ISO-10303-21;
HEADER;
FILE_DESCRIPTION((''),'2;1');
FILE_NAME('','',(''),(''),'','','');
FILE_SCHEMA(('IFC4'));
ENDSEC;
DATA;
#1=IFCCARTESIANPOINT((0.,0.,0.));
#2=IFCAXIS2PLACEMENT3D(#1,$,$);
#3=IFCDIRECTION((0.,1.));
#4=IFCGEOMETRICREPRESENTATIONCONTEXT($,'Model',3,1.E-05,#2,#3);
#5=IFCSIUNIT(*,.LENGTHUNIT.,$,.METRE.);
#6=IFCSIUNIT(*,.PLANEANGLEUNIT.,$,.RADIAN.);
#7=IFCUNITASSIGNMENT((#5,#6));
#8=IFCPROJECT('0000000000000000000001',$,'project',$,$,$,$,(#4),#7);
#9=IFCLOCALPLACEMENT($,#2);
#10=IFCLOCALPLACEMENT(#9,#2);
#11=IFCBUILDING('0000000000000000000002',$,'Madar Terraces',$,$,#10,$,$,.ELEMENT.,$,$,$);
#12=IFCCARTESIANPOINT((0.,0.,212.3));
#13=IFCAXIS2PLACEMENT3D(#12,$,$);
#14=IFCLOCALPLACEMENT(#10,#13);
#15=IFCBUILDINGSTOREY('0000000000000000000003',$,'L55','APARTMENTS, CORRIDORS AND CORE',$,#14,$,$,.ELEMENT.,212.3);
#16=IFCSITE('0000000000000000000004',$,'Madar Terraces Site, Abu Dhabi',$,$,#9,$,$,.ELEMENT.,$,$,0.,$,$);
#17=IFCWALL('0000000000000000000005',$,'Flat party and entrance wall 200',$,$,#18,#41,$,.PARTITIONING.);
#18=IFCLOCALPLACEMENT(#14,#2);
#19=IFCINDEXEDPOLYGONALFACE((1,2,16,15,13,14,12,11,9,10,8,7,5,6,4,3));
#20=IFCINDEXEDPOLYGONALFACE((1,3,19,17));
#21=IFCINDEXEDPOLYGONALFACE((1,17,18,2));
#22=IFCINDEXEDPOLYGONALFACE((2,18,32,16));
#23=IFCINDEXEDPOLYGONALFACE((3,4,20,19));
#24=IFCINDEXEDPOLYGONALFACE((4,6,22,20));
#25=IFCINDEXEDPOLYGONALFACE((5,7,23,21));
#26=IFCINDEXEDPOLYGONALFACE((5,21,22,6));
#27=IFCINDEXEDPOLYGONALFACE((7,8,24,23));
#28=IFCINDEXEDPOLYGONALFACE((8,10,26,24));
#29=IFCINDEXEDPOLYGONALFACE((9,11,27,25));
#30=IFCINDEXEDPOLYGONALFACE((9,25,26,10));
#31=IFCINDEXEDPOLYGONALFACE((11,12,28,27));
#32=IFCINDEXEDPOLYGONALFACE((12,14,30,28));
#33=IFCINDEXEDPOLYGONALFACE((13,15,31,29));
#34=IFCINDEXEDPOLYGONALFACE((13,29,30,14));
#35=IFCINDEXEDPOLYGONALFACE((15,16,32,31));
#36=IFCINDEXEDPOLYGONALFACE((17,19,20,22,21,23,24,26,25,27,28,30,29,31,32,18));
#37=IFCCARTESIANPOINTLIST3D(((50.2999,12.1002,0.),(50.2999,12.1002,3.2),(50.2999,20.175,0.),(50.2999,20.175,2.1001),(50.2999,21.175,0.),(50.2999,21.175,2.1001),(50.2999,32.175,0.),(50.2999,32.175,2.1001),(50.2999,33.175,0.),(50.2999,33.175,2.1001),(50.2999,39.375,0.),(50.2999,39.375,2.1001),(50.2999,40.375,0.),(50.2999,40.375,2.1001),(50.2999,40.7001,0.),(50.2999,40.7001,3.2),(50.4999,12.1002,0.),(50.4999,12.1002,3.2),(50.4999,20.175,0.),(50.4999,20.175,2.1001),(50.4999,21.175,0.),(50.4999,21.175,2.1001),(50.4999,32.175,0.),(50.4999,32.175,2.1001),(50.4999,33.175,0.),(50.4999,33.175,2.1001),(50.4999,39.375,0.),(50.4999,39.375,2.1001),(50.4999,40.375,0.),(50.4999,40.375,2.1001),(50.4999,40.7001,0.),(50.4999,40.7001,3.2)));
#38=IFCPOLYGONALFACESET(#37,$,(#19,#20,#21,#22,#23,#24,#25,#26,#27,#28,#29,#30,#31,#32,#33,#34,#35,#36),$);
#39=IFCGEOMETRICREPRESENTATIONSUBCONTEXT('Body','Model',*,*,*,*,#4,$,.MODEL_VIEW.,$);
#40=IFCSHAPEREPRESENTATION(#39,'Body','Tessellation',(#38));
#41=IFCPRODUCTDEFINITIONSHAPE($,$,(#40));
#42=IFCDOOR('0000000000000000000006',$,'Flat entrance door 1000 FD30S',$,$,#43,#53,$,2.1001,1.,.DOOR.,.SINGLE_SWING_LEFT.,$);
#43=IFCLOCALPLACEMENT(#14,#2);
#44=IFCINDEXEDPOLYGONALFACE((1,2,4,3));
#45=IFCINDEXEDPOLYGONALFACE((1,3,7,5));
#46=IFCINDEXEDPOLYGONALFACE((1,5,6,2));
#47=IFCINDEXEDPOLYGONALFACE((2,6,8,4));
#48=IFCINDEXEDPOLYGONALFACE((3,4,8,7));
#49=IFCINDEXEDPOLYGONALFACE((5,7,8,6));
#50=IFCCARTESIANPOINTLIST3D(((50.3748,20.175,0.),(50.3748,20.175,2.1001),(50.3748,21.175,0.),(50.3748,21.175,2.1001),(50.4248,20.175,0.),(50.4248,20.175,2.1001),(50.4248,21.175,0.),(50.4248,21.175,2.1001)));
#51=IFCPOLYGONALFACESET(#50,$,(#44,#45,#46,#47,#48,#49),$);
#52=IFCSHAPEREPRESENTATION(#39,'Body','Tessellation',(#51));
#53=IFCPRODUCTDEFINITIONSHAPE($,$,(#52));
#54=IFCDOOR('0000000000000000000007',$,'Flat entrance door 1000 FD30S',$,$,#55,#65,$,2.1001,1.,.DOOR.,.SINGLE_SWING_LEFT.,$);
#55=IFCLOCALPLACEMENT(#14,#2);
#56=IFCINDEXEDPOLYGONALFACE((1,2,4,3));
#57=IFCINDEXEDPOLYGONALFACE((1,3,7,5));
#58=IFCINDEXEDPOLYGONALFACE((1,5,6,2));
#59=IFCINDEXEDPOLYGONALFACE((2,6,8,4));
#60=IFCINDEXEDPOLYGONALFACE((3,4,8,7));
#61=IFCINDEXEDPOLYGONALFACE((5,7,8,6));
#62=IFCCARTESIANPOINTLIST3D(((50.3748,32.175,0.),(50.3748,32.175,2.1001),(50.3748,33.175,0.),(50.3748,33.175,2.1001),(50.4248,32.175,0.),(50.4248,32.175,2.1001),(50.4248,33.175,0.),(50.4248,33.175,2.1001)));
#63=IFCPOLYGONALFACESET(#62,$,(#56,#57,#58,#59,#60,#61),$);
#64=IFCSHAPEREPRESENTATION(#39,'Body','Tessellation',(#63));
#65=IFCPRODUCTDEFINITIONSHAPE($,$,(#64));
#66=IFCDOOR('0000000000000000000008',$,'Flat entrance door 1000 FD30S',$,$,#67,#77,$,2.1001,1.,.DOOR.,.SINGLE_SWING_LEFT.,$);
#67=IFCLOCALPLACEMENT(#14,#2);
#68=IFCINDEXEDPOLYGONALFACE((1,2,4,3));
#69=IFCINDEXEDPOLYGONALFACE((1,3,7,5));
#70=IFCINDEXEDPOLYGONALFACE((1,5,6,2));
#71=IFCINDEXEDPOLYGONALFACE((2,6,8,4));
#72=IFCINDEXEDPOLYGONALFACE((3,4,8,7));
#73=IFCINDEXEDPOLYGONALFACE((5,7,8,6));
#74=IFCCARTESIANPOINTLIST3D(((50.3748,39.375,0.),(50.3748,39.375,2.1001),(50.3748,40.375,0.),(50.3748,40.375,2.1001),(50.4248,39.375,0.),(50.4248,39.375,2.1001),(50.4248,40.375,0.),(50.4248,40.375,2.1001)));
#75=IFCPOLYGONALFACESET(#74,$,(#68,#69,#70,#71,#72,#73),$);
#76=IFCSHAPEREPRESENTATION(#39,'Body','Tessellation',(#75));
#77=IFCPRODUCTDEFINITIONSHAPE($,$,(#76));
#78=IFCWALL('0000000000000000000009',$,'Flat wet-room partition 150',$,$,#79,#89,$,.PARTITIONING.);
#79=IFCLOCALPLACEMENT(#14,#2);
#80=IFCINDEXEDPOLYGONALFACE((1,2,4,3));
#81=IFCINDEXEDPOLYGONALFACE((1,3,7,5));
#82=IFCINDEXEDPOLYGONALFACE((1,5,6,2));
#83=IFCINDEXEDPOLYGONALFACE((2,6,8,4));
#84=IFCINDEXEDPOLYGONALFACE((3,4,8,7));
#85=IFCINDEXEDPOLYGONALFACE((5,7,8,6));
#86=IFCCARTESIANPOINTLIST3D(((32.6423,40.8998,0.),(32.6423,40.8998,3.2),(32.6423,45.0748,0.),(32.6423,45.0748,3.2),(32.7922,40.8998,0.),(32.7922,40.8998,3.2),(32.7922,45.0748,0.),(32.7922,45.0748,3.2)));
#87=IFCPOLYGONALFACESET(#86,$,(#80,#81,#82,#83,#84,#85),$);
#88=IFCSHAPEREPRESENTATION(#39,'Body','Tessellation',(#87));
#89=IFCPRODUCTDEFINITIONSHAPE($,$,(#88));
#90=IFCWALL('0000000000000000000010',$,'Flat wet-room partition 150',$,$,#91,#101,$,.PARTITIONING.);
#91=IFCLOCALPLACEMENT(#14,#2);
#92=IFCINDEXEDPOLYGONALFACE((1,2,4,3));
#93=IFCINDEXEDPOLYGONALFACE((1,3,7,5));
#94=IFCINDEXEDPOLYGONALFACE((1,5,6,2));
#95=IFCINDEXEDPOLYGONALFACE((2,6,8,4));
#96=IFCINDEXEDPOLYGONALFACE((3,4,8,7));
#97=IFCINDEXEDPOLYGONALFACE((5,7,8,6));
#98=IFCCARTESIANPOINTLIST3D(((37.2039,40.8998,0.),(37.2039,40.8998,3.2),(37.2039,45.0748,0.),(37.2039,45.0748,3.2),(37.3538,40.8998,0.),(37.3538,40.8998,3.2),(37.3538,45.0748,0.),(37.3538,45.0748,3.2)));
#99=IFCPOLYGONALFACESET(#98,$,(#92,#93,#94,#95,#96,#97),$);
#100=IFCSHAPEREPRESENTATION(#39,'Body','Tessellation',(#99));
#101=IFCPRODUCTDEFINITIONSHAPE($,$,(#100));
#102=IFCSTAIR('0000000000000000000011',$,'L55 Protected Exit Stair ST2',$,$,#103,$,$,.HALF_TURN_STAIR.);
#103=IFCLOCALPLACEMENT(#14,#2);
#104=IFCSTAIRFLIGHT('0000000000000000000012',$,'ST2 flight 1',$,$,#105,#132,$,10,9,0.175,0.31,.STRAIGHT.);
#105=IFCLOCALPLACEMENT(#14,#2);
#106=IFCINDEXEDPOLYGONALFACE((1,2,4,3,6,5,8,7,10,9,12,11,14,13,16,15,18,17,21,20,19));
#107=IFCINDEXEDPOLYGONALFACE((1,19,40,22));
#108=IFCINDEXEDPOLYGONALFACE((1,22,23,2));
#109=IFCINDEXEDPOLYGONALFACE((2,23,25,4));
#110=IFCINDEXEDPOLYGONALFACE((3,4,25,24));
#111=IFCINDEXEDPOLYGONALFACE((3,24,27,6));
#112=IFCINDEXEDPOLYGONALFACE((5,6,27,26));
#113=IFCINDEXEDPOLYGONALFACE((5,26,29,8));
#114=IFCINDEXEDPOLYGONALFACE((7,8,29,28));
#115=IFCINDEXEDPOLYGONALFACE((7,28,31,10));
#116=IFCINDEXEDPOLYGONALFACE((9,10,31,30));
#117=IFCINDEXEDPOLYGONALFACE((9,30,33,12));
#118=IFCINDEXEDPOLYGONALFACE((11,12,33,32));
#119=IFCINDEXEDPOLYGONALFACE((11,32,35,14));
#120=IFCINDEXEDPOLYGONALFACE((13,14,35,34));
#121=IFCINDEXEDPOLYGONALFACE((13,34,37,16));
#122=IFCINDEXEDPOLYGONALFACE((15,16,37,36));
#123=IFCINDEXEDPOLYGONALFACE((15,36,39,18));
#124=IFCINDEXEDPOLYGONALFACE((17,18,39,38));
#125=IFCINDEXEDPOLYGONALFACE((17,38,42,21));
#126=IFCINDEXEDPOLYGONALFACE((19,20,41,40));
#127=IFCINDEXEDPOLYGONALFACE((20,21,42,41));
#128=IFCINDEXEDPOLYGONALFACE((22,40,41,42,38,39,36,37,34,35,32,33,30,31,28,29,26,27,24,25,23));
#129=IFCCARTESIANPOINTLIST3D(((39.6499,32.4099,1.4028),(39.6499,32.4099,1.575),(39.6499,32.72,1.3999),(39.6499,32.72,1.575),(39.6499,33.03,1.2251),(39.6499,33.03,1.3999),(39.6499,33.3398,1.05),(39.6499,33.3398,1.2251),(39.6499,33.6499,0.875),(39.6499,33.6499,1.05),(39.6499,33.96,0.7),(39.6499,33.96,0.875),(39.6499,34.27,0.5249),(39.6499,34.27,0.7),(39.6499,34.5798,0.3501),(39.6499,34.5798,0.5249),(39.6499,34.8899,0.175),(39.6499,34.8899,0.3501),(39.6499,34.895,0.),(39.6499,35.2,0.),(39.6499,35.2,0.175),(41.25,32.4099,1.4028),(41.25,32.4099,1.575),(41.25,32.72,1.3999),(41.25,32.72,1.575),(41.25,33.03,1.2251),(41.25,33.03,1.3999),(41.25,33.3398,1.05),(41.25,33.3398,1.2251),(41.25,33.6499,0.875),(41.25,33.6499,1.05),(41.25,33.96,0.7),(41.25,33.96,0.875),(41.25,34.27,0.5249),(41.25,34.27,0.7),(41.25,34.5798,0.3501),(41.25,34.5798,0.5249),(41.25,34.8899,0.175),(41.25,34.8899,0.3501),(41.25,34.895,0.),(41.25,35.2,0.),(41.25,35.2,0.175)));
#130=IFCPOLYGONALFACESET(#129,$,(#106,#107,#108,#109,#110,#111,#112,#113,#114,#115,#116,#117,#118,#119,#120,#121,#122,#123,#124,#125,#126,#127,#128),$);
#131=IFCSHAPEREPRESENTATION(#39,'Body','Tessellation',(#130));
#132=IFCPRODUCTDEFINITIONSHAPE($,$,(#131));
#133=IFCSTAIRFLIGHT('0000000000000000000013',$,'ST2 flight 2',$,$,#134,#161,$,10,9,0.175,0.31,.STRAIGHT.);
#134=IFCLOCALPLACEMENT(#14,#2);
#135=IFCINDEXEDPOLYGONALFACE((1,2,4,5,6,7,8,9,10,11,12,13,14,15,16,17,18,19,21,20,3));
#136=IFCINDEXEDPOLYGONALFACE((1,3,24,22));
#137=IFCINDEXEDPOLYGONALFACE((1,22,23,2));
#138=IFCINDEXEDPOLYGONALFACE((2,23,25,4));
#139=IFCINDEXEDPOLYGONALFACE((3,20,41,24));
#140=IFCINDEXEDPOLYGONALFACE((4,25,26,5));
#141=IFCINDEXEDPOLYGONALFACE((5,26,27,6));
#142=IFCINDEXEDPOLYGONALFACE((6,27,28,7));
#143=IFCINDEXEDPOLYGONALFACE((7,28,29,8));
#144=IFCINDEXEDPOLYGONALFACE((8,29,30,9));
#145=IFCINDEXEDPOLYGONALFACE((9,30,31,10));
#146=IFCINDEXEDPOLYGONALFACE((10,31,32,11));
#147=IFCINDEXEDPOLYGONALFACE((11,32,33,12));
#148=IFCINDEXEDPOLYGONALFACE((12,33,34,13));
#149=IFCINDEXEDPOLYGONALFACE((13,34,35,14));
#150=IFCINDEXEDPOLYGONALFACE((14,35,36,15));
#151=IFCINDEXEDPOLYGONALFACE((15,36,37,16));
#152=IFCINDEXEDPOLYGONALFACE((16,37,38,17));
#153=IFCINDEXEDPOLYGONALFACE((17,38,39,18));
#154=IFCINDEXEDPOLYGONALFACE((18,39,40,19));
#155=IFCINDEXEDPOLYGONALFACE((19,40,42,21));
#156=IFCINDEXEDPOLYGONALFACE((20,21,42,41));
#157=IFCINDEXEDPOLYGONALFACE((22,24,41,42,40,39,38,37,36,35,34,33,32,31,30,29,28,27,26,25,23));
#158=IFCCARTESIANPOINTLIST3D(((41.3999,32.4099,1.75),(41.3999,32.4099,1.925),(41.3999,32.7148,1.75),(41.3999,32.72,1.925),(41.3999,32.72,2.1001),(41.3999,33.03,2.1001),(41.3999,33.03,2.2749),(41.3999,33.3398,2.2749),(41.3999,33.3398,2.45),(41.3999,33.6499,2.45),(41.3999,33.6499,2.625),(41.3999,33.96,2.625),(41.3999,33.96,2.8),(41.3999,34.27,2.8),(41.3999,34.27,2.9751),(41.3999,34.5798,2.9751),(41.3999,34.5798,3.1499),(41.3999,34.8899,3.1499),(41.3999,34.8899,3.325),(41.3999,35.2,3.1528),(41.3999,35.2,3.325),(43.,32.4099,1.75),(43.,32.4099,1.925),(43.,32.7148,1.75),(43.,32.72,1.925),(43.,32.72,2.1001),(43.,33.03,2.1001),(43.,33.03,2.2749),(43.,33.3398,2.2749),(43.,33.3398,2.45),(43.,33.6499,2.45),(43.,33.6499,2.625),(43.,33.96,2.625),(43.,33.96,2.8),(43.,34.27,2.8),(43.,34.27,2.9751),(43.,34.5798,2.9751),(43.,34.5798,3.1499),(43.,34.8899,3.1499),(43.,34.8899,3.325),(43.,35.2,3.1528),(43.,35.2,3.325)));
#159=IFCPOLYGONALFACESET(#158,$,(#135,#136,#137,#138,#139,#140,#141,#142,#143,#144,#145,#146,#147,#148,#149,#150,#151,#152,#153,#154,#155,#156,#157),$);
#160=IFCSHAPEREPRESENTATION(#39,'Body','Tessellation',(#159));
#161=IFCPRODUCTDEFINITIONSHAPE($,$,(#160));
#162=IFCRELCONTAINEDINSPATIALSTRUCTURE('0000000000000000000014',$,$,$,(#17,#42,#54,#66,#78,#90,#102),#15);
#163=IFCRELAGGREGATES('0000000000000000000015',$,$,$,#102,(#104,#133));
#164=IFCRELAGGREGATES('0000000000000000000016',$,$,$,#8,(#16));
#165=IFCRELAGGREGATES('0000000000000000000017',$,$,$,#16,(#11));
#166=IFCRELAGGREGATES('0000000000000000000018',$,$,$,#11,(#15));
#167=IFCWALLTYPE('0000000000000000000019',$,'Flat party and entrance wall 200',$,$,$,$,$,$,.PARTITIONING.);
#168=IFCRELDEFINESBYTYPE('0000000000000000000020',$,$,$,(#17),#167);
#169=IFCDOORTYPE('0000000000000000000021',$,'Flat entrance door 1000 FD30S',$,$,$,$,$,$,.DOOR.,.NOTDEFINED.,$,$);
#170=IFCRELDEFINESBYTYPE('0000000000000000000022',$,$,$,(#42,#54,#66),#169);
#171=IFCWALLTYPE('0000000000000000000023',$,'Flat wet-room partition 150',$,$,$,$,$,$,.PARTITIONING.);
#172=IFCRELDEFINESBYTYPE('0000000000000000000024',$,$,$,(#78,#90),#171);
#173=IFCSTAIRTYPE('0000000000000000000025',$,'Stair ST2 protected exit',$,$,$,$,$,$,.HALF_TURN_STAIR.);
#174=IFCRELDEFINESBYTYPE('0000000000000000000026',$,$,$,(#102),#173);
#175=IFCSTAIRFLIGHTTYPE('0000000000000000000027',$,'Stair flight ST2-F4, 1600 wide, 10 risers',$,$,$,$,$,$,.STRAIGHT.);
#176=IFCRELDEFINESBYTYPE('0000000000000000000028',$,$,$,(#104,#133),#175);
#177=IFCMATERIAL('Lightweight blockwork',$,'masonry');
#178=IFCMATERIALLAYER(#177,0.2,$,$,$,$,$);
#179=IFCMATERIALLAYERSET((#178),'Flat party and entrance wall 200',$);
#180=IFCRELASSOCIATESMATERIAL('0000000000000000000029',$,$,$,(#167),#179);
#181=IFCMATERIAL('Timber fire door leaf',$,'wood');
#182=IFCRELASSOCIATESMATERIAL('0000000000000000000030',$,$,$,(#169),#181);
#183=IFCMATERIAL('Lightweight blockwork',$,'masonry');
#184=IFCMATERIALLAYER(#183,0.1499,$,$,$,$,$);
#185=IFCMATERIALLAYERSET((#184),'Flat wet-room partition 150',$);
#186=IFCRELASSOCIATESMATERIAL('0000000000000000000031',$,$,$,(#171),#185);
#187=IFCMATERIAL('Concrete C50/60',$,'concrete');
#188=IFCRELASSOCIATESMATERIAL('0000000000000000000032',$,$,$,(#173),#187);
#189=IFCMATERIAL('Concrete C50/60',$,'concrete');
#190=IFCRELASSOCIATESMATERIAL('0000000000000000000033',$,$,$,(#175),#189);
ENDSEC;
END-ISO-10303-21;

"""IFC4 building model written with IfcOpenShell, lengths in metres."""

from ifc_helpers import new_model, si_unit, direction, frame, frame_2d, origin, place, context, subcontext, project, spatial, polyline, rectangle, outline, extrude, material, layer, layer_set, type_object, element, fill, aggregate, save


model = new_model("IFC4")

# Units and contexts
model_context = context("Model", 3, precision=1e-05, world=origin(), true_north=direction((0.0, 1.0)))
body_context = subcontext(model_context, "Body", "Model", "MODEL_VIEW")
ifc_project = project(units=[si_unit("LENGTHUNIT", "METRE"), si_unit("PLANEANGLEUNIT", "RADIAN")], contexts=[model_context])

# Site, building, storey
site_placement = place(None, origin())
site = spatial("IfcSite", under=ifc_project, at=site_placement, Name="Madar Terraces Site, Abu Dhabi", CompositionType="ELEMENT", RefElevation=0.0)
building_placement = place(site_placement, origin())
building = spatial("IfcBuilding", under=site, at=building_placement, Name="Madar Terraces", CompositionType="ELEMENT")
storey_placement = place(building_placement, frame((0.0, 0.0, 212.3)))
storey = spatial("IfcBuildingStorey", under=building, at=storey_placement, Name="L55", Description="APARTMENTS, CORRIDORS AND CORE", CompositionType="ELEMENT", Elevation=212.3)

# Wall, openings, doors
ifc_material_1 = material(Name="Lightweight blockwork", Category="masonry")
ifc_layer_1 = layer(ifc_material_1, 0.2)
ifc_layer_set_1 = layer_set([ifc_layer_1], Name="Flat party and entrance wall 200")
wall_type_1 = type_object("IfcWallType", Name="Flat party and entrance wall 200", PredefinedType="PARTITIONING", material=ifc_layer_set_1)
wall_1_placement = place(storey_placement, frame((50.3999, 40.7, 0.0), z_axis=(0.0, 0.0, 1.0), x_axis=(0.0, -1.0, 0.0)))
wall_1 = element("IfcWall", 1, at=wall_1_placement, inside=storey, type_object=wall_type_1, Name="Flat party and entrance wall 200", PredefinedType="PARTITIONING", context=body_context, shape_type="SweptSolid", body=[
    extrude(rectangle(XDim=28.5999, YDim=0.2, at=frame_2d((14.2998, 0.0))), origin(), (0.0, 0.0, 1.0), 3.2),
])
opening_1_placement = place(wall_1_placement, frame((19.5249, 0.0, 0.0)))
opening_1 = element("IfcOpeningElement", 2, at=opening_1_placement, cuts=wall_1, PredefinedType="OPENING", context=body_context, shape_type="SweptSolid", body=[
    extrude(rectangle(XDim=1.0, YDim=2.1001, at=frame_2d((0.5, 1.05))), frame((0.0, 0.1099, 0.0), z_axis=(0.0, -1.0, 0.0), x_axis=(1.0, 0.0, 0.0)), (0.0, 0.0, 1.0), 0.22),
])
opening_2_placement = place(wall_1_placement, frame((7.5249, 0.0, 0.0)))
opening_2 = element("IfcOpeningElement", 3, at=opening_2_placement, cuts=wall_1, PredefinedType="OPENING", context=body_context, shape_type="SweptSolid", body=[
    extrude(rectangle(XDim=1.0, YDim=2.1001, at=frame_2d((0.5, 1.05))), frame((0.0, 0.1099, 0.0), z_axis=(0.0, -1.0, 0.0), x_axis=(1.0, 0.0, 0.0)), (0.0, 0.0, 1.0), 0.22),
])
opening_3_placement = place(wall_1_placement, frame((0.325, 0.0, 0.0)))
opening_3 = element("IfcOpeningElement", 4, at=opening_3_placement, cuts=wall_1, PredefinedType="OPENING", context=body_context, shape_type="SweptSolid", body=[
    extrude(rectangle(XDim=1.0, YDim=2.1001, at=frame_2d((0.5, 1.05))), frame((0.0, 0.1099, 0.0), z_axis=(0.0, -1.0, 0.0), x_axis=(1.0, 0.0, 0.0)), (0.0, 0.0, 1.0), 0.22),
])
ifc_material_2 = material(Name="Timber fire door leaf", Category="wood")
door_type_1 = type_object("IfcDoorType", Name="Flat entrance door 1000 FD30S", OperationType="NOTDEFINED", PredefinedType="DOOR", material=ifc_material_2)
door_1_placement = place(opening_1_placement, origin())
door_1 = element("IfcDoor", 5, at=door_1_placement, inside=storey, type_object=door_type_1, Name="Flat entrance door 1000 FD30S", OperationType="SINGLE_SWING_LEFT", OverallHeight=2.1001, OverallWidth=1.0, PredefinedType="DOOR", context=body_context, shape_type="SweptSolid", body=[
    extrude(rectangle(XDim=1.0, YDim=2.1001, at=frame_2d((0.5, 1.05))), frame((0.0, 0.0249, 0.0), z_axis=(0.0, -1.0, 0.0), x_axis=(1.0, 0.0, 0.0)), (0.0, 0.0, 1.0), 0.05),
])
fill(opening_1, door_1)
door_2_placement = place(opening_2_placement, origin())
door_2 = element("IfcDoor", 6, at=door_2_placement, inside=storey, type_object=door_type_1, Name="Flat entrance door 1000 FD30S", OperationType="SINGLE_SWING_LEFT", OverallHeight=2.1001, OverallWidth=1.0, PredefinedType="DOOR", context=body_context, shape_type="SweptSolid", body=[
    extrude(rectangle(XDim=1.0, YDim=2.1001, at=frame_2d((0.5, 1.05))), frame((0.0, 0.0249, 0.0), z_axis=(0.0, -1.0, 0.0), x_axis=(1.0, 0.0, 0.0)), (0.0, 0.0, 1.0), 0.05),
])
fill(opening_2, door_2)
door_3_placement = place(opening_3_placement, origin())
door_3 = element("IfcDoor", 7, at=door_3_placement, inside=storey, type_object=door_type_1, Name="Flat entrance door 1000 FD30S", OperationType="SINGLE_SWING_LEFT", OverallHeight=2.1001, OverallWidth=1.0, PredefinedType="DOOR", context=body_context, shape_type="SweptSolid", body=[
    extrude(rectangle(XDim=1.0, YDim=2.1001, at=frame_2d((0.5, 1.05))), frame((0.0, 0.0249, 0.0), z_axis=(0.0, -1.0, 0.0), x_axis=(1.0, 0.0, 0.0)), (0.0, 0.0, 1.0), 0.05),
])
fill(opening_3, door_3)

# Walls
ifc_material_3 = material(Name="Lightweight blockwork", Category="masonry")
ifc_layer_2 = layer(ifc_material_3, 0.1499)
ifc_layer_set_2 = layer_set([ifc_layer_2], Name="Flat wet-room partition 150")
wall_type_2 = type_object("IfcWallType", Name="Flat wet-room partition 150", PredefinedType="PARTITIONING", material=ifc_layer_set_2)
for number, where, z_axis, x_axis, name in (
    (8, (32.7173, 40.8999, 0.0), (0.0, 0.0, 1.0), (0.0, 1.0, 0.0), "Flat wet-room partition 150"),
    (9, (37.2788, 40.8999, 0.0), (0.0, 0.0, 1.0), (0.0, 1.0, 0.0), "Flat wet-room partition 150"),
):
    element("IfcWall", number, at=place(storey_placement, frame(where, z_axis=z_axis, x_axis=x_axis)), inside=storey, type_object=wall_type_2, Name=name, PredefinedType="PARTITIONING", context=body_context, shape_type="SweptSolid", body=[
        extrude(rectangle(XDim=4.175, YDim=0.1499, at=frame_2d((2.0874, 0.0))), origin(), (0.0, 0.0, 1.0), 3.2),
    ])

# Stair, stair flights
ifc_material_4 = material(Name="Concrete C50/60", Category="concrete")
stair_type = type_object("IfcStairType", Name="Stair ST2 protected exit", PredefinedType="HALF_TURN_STAIR", material=ifc_material_4)
stair_placement = place(storey_placement, origin())
stair = element("IfcStair", 10, at=stair_placement, inside=storey, type_object=stair_type, Name="L55 Protected Exit Stair ST2", PredefinedType="HALF_TURN_STAIR")
ifc_material_5 = material(Name="Concrete C50/60", Category="concrete")
stair_flight_type = type_object("IfcStairFlightType", Name="Stair flight ST2-F4, 1600 wide, 10 risers", PredefinedType="STRAIGHT", material=ifc_material_5)
stair_flight_1_placement = place(storey_placement, frame((40.45, 35.2, 0.0), z_axis=(0.0, 0.0, 1.0), x_axis=(0.0, -1.0, 0.0)))
stair_flight_1 = element("IfcStairFlight", 11, at=stair_flight_1_placement, type_object=stair_flight_type, Name="ST2 flight 1", NumberOfRisers=10, NumberOfTreads=9, PredefinedType="STRAIGHT", RiserHeight=0.175, TreadLength=0.31, context=body_context, shape_type="SweptSolid", body=[
    extrude(outline(polyline([(0.0, 0.0), (0.0, 0.175), (0.3101, 0.175), (0.3101, 0.3501), (0.6201, 0.3501), (0.6201, 0.5249), (0.9299, 0.5249), (0.9299, 0.7), (1.24, 0.7), (1.24, 0.875), (1.55, 0.875), (1.55, 1.05), (1.8601, 1.05), (1.8601, 1.2251), (2.1699, 1.2251), (2.1699, 1.3999), (2.48, 1.3999), (2.48, 1.575), (2.79, 1.575), (2.79, 1.75), (2.79, 1.4028), (0.3049, 0.0), (0.0, 0.0)])), frame((0.0, 0.8, 0.0), z_axis=(0.0, -1.0, 0.0), x_axis=(1.0, 0.0, 0.0)), (0.0, 0.0, 1.0), 1.6001),
])
stair_flight_2_placement = place(storey_placement, frame((42.2, 32.4099, 1.75), z_axis=(0.0, 0.0, 1.0), x_axis=(0.0, 1.0, 0.0)))
stair_flight_2 = element("IfcStairFlight", 12, at=stair_flight_2_placement, type_object=stair_flight_type, Name="ST2 flight 2", NumberOfRisers=10, NumberOfTreads=9, PredefinedType="STRAIGHT", RiserHeight=0.175, TreadLength=0.31, context=body_context, shape_type="SweptSolid", body=[
    extrude(outline(polyline([(0.0, 0.0), (0.0, 0.175), (0.3101, 0.175), (0.3101, 0.3501), (0.6201, 0.3501), (0.6201, 0.5249), (0.9299, 0.5249), (0.9299, 0.7), (1.24, 0.7), (1.24, 0.875), (1.55, 0.875), (1.55, 1.05), (1.8601, 1.05), (1.8601, 1.2251), (2.1699, 1.2251), (2.1699, 1.3999), (2.48, 1.3999), (2.48, 1.575), (2.79, 1.575), (2.79, 1.75), (2.79, 1.4028), (0.3049, 0.0), (0.0, 0.0)])), frame((0.0, 0.8, 0.0), z_axis=(0.0, -1.0, 0.0), x_axis=(1.0, 0.0, 0.0)), (0.0, 0.0, 1.0), 1.6001),
])
aggregate(stair, [stair_flight_1, stair_flight_2])

save(model, "model.ifc")
